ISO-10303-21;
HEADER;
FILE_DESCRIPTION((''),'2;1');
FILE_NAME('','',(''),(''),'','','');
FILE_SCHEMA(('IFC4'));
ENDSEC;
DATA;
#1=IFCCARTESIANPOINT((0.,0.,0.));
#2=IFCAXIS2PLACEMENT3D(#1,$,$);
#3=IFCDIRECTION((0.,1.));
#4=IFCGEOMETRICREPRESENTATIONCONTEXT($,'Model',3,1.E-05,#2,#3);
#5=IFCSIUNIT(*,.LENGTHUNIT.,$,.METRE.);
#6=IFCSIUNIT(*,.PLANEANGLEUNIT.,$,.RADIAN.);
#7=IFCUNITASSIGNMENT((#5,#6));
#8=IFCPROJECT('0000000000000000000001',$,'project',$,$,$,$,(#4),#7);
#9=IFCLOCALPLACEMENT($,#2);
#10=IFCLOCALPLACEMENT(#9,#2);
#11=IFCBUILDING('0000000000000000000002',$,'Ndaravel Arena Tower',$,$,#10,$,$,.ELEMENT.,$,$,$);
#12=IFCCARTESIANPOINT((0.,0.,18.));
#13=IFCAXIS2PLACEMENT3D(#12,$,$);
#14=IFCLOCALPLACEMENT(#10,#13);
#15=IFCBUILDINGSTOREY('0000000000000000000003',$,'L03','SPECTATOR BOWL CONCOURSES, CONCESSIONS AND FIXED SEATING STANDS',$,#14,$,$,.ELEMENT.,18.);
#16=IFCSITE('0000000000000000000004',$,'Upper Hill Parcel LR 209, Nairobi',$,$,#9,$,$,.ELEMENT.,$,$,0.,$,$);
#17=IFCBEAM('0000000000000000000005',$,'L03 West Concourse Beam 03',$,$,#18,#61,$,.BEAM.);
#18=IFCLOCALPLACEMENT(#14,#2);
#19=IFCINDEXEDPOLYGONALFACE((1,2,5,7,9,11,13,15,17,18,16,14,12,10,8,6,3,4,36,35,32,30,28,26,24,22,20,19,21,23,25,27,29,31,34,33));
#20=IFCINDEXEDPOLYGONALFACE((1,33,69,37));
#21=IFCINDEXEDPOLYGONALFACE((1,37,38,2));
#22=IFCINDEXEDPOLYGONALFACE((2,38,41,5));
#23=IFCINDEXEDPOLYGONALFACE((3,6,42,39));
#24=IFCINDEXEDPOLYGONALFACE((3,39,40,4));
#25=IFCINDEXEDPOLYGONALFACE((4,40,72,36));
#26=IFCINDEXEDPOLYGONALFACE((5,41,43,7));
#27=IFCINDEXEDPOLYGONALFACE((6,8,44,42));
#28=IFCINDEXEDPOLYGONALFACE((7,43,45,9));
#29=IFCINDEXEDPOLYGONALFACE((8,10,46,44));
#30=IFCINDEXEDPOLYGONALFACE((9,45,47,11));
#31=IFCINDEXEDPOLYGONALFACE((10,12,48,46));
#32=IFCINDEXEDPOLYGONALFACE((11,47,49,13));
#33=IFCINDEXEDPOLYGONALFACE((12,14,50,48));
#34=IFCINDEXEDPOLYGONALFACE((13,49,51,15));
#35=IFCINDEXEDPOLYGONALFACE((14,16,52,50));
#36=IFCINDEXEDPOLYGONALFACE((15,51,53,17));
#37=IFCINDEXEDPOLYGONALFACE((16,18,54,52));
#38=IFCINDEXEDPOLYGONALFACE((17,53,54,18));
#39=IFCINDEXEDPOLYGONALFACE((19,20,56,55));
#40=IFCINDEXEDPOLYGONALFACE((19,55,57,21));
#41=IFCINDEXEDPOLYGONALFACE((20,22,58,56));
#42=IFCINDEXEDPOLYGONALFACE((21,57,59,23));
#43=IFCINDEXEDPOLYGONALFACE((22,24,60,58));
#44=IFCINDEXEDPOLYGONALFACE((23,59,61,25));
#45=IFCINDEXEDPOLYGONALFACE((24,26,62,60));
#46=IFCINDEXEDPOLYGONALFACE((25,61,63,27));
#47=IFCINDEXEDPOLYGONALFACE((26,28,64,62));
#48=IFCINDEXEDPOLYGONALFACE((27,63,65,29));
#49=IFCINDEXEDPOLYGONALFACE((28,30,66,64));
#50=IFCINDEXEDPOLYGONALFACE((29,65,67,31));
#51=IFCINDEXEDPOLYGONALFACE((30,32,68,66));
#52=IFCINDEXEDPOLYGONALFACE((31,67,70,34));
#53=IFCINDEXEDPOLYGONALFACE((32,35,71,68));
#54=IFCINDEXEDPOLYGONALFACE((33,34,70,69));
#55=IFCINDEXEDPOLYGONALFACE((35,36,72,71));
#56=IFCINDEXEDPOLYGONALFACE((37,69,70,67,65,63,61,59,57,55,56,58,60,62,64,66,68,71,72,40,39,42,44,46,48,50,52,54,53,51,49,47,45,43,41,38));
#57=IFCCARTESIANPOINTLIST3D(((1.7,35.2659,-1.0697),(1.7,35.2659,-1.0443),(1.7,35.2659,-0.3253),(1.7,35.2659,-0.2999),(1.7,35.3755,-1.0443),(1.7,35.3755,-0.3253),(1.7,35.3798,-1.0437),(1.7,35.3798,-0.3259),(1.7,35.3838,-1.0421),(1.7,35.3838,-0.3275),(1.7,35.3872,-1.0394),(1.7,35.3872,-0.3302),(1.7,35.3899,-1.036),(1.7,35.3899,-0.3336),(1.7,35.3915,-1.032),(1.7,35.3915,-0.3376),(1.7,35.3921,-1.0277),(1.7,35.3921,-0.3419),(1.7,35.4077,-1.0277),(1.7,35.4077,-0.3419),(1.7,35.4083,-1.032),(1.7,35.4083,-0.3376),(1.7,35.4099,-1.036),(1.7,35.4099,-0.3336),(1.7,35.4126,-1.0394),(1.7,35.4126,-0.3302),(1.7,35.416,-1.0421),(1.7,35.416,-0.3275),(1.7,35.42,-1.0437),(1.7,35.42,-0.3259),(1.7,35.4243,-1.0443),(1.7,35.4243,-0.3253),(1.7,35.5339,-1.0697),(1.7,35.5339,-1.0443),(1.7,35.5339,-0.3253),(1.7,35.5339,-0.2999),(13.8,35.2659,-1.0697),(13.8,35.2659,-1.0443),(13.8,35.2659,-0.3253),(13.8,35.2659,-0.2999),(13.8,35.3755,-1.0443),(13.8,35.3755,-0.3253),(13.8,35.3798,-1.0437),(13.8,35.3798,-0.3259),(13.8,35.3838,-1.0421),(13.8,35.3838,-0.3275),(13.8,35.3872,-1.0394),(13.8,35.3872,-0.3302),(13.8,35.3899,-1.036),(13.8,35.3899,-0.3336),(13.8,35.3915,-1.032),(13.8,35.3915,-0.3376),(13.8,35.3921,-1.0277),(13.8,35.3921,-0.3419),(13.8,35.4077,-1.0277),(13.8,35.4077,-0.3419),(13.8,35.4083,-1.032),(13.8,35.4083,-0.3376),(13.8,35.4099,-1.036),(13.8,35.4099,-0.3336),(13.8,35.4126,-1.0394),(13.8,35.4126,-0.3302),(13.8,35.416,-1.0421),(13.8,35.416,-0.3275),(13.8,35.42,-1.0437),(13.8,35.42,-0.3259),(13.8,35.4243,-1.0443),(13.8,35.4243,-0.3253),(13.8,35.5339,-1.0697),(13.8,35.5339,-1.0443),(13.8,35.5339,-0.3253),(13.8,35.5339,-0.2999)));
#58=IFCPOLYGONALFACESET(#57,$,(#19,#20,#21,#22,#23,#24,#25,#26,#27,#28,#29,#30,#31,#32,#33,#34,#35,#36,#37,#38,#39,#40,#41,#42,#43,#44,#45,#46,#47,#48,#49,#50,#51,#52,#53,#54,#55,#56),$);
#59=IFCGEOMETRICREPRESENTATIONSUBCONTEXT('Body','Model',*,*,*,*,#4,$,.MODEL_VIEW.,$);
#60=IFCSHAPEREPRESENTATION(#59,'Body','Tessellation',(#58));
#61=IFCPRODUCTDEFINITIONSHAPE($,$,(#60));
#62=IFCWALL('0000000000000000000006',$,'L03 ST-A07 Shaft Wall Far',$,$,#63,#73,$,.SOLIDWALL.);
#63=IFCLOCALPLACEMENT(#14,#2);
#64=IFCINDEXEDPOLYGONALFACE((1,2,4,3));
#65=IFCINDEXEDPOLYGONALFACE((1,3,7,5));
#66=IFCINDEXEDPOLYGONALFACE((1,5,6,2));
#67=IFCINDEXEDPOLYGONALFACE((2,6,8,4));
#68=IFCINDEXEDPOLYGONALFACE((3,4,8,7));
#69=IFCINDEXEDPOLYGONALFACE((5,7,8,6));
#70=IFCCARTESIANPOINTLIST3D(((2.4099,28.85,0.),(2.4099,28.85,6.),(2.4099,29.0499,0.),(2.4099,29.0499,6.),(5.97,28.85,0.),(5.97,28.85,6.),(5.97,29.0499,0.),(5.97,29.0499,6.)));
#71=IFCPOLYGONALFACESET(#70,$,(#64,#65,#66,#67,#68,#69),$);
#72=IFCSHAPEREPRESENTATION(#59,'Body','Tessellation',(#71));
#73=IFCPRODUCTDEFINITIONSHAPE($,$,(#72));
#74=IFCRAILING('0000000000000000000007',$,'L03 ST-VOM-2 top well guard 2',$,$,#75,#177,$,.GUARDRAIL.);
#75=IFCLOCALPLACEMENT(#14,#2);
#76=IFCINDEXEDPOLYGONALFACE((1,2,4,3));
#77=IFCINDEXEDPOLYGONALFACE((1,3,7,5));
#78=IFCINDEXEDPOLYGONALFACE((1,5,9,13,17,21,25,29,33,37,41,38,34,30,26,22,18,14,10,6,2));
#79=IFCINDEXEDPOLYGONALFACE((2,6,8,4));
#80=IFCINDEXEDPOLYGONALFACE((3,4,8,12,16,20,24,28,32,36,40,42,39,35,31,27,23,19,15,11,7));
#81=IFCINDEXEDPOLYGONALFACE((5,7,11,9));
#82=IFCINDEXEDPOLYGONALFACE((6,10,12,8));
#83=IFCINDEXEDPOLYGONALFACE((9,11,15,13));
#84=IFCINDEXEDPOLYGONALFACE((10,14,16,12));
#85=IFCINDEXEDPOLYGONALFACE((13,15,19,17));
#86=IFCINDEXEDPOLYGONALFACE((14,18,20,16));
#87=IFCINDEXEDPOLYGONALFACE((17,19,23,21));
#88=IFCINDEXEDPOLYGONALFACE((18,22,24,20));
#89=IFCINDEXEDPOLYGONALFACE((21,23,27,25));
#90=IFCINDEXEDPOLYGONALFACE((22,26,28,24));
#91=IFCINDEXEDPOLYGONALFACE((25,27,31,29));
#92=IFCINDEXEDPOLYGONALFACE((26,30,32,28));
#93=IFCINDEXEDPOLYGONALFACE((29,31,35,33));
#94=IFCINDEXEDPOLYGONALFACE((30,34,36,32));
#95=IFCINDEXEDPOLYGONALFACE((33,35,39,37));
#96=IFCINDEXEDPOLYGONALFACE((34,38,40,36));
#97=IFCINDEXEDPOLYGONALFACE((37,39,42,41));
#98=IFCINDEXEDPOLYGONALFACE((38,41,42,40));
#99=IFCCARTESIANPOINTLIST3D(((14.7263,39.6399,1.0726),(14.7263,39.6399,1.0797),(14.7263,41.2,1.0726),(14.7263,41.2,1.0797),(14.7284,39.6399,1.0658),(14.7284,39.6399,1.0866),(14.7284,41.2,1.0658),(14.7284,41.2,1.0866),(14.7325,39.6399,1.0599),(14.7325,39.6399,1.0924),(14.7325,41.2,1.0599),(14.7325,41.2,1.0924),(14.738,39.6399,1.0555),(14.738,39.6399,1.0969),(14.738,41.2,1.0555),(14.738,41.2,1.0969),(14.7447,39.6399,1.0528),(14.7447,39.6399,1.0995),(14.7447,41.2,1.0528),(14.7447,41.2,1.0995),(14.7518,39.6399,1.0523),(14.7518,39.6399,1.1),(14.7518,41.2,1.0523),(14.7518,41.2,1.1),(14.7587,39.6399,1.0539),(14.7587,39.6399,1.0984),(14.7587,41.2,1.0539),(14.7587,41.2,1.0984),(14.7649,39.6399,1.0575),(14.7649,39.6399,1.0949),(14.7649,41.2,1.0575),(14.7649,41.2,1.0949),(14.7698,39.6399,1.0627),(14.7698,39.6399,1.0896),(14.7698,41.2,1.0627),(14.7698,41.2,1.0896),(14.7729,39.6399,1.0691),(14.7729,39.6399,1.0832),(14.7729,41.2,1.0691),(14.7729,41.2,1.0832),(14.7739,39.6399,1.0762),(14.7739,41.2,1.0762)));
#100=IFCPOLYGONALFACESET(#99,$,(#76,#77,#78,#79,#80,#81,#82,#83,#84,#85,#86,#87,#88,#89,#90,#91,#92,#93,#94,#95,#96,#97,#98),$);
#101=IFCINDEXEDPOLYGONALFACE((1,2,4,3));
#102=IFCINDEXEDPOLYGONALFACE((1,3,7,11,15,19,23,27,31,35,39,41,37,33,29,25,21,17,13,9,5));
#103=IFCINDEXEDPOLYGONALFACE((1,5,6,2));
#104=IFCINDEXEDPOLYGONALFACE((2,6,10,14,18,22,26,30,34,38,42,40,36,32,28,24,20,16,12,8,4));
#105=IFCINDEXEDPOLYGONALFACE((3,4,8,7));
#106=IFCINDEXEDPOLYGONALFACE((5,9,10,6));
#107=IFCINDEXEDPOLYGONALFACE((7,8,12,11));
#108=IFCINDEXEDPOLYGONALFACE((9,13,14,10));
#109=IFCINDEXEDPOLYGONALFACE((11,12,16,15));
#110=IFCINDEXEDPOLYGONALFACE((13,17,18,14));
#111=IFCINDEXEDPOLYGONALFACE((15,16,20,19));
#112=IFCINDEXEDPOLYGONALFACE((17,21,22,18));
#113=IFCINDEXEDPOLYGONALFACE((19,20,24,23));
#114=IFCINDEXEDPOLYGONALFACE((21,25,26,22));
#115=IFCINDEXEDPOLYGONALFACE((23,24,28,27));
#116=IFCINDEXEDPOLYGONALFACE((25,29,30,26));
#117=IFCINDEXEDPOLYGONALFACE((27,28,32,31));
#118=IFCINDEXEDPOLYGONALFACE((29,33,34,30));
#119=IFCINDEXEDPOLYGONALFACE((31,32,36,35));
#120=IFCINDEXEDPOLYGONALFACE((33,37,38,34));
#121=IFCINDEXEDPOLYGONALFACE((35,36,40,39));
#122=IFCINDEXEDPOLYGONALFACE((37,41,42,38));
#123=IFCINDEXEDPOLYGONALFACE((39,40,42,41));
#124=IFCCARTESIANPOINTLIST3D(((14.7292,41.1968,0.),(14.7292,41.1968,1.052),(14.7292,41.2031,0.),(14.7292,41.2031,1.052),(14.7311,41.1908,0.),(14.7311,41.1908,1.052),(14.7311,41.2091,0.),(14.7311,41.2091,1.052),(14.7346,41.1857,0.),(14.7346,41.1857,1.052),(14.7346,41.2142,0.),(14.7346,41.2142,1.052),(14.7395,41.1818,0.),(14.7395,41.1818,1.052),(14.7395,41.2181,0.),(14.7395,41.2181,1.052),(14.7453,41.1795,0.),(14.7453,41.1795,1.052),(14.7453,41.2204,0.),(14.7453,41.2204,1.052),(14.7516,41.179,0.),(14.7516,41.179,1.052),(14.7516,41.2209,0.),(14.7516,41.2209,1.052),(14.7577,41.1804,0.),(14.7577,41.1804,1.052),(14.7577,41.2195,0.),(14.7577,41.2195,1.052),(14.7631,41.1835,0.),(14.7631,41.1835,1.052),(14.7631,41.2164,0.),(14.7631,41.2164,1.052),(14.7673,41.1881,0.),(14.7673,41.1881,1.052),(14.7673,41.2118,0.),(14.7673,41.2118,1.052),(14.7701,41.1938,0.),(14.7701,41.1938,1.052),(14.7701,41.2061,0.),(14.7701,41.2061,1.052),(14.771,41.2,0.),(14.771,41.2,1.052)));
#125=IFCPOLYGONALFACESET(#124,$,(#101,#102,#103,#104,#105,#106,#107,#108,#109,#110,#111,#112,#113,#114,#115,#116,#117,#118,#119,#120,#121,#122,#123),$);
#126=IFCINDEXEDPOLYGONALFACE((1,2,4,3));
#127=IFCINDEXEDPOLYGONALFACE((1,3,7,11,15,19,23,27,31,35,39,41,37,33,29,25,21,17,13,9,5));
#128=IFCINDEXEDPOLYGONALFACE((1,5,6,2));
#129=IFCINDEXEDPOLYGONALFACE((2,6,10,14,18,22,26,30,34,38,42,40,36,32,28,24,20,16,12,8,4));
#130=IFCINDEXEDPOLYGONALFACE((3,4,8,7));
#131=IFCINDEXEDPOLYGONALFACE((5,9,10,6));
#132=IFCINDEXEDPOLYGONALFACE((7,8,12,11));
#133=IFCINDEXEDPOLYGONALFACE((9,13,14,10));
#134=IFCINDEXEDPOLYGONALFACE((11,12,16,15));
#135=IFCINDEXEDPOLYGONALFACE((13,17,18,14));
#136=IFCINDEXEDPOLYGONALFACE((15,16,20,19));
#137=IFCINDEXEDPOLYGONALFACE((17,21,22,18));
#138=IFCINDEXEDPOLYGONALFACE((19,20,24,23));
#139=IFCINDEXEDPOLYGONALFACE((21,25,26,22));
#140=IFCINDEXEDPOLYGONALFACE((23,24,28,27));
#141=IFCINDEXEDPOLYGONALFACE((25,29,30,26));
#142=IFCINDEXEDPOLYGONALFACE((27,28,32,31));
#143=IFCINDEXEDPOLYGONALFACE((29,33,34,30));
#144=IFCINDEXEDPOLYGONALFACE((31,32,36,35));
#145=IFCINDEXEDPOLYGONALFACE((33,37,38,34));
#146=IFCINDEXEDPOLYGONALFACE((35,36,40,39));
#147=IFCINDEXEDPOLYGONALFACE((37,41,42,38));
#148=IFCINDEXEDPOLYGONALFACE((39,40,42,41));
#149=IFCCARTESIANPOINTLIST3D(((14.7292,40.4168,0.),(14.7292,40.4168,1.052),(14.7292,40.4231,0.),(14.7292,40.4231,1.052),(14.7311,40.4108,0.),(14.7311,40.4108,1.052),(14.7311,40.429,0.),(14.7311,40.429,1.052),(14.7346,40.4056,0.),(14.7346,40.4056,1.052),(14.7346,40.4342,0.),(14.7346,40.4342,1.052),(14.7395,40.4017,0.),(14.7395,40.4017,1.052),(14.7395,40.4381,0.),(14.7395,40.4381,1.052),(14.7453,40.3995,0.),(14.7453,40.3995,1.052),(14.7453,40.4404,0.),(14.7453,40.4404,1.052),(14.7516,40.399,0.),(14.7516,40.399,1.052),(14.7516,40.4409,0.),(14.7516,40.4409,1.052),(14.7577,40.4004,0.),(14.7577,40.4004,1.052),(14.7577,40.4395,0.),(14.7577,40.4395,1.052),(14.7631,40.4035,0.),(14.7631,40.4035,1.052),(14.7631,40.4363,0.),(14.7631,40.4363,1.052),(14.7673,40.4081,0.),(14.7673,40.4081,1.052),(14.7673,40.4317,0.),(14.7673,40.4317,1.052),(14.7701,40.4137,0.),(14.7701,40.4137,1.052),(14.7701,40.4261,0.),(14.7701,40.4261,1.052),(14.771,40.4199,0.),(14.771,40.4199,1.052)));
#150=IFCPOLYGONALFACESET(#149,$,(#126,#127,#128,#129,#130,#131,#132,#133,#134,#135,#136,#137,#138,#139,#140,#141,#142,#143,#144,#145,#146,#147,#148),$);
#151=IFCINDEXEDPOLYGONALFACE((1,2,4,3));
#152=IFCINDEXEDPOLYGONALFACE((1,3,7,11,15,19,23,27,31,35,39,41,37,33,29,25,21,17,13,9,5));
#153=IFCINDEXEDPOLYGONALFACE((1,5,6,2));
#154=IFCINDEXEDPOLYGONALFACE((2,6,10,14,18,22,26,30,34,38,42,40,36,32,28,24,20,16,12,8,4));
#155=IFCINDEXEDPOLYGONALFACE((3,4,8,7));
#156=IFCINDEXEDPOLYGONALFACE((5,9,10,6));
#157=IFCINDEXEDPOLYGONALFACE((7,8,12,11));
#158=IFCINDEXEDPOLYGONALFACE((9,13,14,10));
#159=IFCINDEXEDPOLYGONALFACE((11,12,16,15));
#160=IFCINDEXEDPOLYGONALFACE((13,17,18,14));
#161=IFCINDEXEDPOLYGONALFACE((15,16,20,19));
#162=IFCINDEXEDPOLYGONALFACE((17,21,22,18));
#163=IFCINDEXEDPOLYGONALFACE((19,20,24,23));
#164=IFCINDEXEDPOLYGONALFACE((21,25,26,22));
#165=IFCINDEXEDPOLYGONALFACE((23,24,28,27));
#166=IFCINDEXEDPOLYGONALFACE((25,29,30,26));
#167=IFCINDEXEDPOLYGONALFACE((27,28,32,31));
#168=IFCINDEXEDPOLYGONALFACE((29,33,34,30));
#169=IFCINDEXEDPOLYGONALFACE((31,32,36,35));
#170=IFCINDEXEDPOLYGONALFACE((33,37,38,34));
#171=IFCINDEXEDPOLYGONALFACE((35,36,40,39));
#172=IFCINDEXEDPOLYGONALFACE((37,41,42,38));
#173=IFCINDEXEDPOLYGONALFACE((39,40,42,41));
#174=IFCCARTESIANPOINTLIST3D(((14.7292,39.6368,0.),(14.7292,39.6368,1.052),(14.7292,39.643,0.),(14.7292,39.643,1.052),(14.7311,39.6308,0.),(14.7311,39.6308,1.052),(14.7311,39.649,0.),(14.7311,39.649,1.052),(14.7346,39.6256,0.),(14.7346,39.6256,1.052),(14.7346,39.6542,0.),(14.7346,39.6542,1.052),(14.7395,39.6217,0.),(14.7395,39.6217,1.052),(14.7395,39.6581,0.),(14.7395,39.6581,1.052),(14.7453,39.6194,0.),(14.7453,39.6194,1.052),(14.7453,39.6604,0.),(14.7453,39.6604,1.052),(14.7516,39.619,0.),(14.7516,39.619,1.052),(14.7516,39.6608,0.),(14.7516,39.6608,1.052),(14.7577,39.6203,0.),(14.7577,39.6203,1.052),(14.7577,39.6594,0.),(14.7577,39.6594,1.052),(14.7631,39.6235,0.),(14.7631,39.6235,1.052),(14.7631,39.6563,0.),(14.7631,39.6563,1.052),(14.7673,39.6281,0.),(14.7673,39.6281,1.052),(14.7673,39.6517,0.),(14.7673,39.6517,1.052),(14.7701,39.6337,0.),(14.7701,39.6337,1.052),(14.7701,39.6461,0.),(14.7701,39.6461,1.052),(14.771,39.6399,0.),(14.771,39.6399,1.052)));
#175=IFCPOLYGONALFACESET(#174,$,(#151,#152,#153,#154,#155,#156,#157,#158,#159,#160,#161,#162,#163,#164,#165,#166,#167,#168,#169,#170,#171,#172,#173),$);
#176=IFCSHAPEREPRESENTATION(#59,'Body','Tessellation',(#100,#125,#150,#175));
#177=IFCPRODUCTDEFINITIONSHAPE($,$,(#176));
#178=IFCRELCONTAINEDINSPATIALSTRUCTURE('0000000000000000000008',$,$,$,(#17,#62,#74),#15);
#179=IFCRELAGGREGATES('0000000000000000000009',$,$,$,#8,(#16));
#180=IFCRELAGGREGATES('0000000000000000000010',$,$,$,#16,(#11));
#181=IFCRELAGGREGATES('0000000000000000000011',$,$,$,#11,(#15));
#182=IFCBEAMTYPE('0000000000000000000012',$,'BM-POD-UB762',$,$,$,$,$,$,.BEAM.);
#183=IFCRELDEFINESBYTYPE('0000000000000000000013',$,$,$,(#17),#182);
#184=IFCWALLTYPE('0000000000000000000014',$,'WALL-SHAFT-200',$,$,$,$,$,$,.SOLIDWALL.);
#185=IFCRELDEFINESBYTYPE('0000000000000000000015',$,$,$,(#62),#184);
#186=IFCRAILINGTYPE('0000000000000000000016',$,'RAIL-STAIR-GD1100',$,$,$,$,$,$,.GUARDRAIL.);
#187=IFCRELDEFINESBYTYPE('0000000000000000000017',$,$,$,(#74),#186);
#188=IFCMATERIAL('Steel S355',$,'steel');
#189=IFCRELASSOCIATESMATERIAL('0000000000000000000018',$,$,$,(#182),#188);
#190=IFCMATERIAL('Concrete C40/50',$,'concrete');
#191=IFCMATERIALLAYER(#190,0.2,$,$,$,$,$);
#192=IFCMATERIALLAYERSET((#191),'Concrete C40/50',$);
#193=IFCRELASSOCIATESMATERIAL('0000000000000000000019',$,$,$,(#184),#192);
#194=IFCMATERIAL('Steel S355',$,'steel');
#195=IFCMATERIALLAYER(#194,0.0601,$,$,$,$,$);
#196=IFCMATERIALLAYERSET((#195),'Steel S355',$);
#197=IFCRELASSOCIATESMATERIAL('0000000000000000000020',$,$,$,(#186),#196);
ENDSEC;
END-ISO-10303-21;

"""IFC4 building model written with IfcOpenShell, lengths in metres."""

from ifc_helpers import new_model, si_unit, direction, frame, frame_2d, origin, origin_2d, place, context, subcontext, project, spatial, rectangle, circle, i_section, extrude, material, layer, layer_set, material_profile, profile_set, type_object, element, save


model = new_model("IFC4")

# Units and contexts
model_context = context("Model", 3, precision=1e-05, world=origin(), true_north=direction((0.0, 1.0)))
body_context = subcontext(model_context, "Body", "Model", "MODEL_VIEW")
ifc_project = project(units=[si_unit("LENGTHUNIT", "METRE"), si_unit("PLANEANGLEUNIT", "RADIAN")], contexts=[model_context])

# Site, building, storey
site_placement = place(None, origin())
site = spatial("IfcSite", under=ifc_project, at=site_placement, Name="Upper Hill Parcel LR 209, Nairobi", CompositionType="ELEMENT", RefElevation=0.0)
building_placement = place(site_placement, origin())
building = spatial("IfcBuilding", under=site, at=building_placement, Name="Ndaravel Arena Tower", CompositionType="ELEMENT")
storey_placement = place(building_placement, frame((0.0, 0.0, 18.0)))
storey = spatial("IfcBuildingStorey", under=building, at=storey_placement, Name="L03", Description="SPECTATOR BOWL CONCOURSES, CONCESSIONS AND FIXED SEATING STANDS", CompositionType="ELEMENT", Elevation=18.0)

# Beam
ifc_material_1 = material(Name="Steel S355", Category="steel")
ifc_material_profile_1 = material_profile(ifc_material_1, i_section(OverallWidth=0.2681, OverallDepth=0.7698, WebThickness=0.0156, FlangeThickness=0.0254, FilletRadius=0.0166, at=origin_2d()), Name="UB 762x267x197")
ifc_profile_set_1 = profile_set([ifc_material_profile_1], Name="Steel S355")
beam_type = type_object("IfcBeamType", Name="BM-POD-UB762", PredefinedType="BEAM", material=ifc_profile_set_1)
beam_placement = place(storey_placement, frame((1.7, 35.3999, -0.6848), z_axis=(1.0, 0.0, 0.0), x_axis=(0.0, 1.0, 0.0)))
element("IfcBeam", 1, at=beam_placement, inside=storey, type_object=beam_type, Name="L03 West Concourse Beam 03", PredefinedType="BEAM", context=body_context, shape_type="SweptSolid", body=[
    extrude(i_section(OverallWidth=0.2681, OverallDepth=0.7698, WebThickness=0.0156, FlangeThickness=0.0254, FilletRadius=0.0166, at=origin_2d()), origin(), (0.0, 0.0, 1.0), 12.1001),
])

# Wall
ifc_material_2 = material(Name="Concrete C40/50", Category="concrete")
ifc_layer_1 = layer(ifc_material_2, 0.2)
ifc_layer_set_1 = layer_set([ifc_layer_1], Name="Concrete C40/50")
wall_type_1 = type_object("IfcWallType", Name="WALL-SHAFT-200", PredefinedType="SOLIDWALL", material=ifc_layer_set_1)
wall_1_placement = place(storey_placement, frame((5.97, 28.95, 0.0), z_axis=(0.0, 0.0, 1.0), x_axis=(-1.0, 0.0, 0.0)))
element("IfcWall", 2, at=wall_1_placement, inside=storey, type_object=wall_type_1, Name="L03 ST-A07 Shaft Wall Far", PredefinedType="SOLIDWALL", context=body_context, shape_type="SweptSolid", body=[
    extrude(rectangle(XDim=3.5601, YDim=0.2, at=frame_2d((1.78, 0.0))), origin(), (0.0, 0.0, 1.0), 6.0),
])

# Railing
ifc_material_3 = material(Name="Steel S355", Category="steel")
ifc_layer_2 = layer(ifc_material_3, 0.0601)
ifc_layer_set_2 = layer_set([ifc_layer_2], Name="Steel S355")
railing_type_1 = type_object("IfcRailingType", Name="RAIL-STAIR-GD1100", PredefinedType="GUARDRAIL", material=ifc_layer_set_2)
for number, where, name in (
    (3, (14.75, 41.2, 0.0), "L03 ST-VOM-2 top well guard 2"),
):
    element("IfcRailing", number, at=place(storey_placement, frame(where)), inside=storey, type_object=railing_type_1, Name=name, PredefinedType="GUARDRAIL", context=body_context, shape_type="SweptSolid", body=[
        extrude(circle(Radius=0.0239, at=origin_2d()), frame((0.0, 0.0, 1.0762), z_axis=(0.0, -1.0, 0.0), x_axis=(1.0, 0.0, 0.0)), (0.0, 0.0, 1.0), 1.5601),
        extrude(circle(Radius=0.021, at=origin_2d()), origin(), (0.0, 0.0, 1.0), 1.052),
        extrude(circle(Radius=0.021, at=origin_2d()), frame((0.0, -0.78, 0.0)), (0.0, 0.0, 1.0), 1.052),
        extrude(circle(Radius=0.021, at=origin_2d()), frame((0.0, -1.5601, 0.0)), (0.0, 0.0, 1.0), 1.052),
    ])

save(model, "model.ifc")
